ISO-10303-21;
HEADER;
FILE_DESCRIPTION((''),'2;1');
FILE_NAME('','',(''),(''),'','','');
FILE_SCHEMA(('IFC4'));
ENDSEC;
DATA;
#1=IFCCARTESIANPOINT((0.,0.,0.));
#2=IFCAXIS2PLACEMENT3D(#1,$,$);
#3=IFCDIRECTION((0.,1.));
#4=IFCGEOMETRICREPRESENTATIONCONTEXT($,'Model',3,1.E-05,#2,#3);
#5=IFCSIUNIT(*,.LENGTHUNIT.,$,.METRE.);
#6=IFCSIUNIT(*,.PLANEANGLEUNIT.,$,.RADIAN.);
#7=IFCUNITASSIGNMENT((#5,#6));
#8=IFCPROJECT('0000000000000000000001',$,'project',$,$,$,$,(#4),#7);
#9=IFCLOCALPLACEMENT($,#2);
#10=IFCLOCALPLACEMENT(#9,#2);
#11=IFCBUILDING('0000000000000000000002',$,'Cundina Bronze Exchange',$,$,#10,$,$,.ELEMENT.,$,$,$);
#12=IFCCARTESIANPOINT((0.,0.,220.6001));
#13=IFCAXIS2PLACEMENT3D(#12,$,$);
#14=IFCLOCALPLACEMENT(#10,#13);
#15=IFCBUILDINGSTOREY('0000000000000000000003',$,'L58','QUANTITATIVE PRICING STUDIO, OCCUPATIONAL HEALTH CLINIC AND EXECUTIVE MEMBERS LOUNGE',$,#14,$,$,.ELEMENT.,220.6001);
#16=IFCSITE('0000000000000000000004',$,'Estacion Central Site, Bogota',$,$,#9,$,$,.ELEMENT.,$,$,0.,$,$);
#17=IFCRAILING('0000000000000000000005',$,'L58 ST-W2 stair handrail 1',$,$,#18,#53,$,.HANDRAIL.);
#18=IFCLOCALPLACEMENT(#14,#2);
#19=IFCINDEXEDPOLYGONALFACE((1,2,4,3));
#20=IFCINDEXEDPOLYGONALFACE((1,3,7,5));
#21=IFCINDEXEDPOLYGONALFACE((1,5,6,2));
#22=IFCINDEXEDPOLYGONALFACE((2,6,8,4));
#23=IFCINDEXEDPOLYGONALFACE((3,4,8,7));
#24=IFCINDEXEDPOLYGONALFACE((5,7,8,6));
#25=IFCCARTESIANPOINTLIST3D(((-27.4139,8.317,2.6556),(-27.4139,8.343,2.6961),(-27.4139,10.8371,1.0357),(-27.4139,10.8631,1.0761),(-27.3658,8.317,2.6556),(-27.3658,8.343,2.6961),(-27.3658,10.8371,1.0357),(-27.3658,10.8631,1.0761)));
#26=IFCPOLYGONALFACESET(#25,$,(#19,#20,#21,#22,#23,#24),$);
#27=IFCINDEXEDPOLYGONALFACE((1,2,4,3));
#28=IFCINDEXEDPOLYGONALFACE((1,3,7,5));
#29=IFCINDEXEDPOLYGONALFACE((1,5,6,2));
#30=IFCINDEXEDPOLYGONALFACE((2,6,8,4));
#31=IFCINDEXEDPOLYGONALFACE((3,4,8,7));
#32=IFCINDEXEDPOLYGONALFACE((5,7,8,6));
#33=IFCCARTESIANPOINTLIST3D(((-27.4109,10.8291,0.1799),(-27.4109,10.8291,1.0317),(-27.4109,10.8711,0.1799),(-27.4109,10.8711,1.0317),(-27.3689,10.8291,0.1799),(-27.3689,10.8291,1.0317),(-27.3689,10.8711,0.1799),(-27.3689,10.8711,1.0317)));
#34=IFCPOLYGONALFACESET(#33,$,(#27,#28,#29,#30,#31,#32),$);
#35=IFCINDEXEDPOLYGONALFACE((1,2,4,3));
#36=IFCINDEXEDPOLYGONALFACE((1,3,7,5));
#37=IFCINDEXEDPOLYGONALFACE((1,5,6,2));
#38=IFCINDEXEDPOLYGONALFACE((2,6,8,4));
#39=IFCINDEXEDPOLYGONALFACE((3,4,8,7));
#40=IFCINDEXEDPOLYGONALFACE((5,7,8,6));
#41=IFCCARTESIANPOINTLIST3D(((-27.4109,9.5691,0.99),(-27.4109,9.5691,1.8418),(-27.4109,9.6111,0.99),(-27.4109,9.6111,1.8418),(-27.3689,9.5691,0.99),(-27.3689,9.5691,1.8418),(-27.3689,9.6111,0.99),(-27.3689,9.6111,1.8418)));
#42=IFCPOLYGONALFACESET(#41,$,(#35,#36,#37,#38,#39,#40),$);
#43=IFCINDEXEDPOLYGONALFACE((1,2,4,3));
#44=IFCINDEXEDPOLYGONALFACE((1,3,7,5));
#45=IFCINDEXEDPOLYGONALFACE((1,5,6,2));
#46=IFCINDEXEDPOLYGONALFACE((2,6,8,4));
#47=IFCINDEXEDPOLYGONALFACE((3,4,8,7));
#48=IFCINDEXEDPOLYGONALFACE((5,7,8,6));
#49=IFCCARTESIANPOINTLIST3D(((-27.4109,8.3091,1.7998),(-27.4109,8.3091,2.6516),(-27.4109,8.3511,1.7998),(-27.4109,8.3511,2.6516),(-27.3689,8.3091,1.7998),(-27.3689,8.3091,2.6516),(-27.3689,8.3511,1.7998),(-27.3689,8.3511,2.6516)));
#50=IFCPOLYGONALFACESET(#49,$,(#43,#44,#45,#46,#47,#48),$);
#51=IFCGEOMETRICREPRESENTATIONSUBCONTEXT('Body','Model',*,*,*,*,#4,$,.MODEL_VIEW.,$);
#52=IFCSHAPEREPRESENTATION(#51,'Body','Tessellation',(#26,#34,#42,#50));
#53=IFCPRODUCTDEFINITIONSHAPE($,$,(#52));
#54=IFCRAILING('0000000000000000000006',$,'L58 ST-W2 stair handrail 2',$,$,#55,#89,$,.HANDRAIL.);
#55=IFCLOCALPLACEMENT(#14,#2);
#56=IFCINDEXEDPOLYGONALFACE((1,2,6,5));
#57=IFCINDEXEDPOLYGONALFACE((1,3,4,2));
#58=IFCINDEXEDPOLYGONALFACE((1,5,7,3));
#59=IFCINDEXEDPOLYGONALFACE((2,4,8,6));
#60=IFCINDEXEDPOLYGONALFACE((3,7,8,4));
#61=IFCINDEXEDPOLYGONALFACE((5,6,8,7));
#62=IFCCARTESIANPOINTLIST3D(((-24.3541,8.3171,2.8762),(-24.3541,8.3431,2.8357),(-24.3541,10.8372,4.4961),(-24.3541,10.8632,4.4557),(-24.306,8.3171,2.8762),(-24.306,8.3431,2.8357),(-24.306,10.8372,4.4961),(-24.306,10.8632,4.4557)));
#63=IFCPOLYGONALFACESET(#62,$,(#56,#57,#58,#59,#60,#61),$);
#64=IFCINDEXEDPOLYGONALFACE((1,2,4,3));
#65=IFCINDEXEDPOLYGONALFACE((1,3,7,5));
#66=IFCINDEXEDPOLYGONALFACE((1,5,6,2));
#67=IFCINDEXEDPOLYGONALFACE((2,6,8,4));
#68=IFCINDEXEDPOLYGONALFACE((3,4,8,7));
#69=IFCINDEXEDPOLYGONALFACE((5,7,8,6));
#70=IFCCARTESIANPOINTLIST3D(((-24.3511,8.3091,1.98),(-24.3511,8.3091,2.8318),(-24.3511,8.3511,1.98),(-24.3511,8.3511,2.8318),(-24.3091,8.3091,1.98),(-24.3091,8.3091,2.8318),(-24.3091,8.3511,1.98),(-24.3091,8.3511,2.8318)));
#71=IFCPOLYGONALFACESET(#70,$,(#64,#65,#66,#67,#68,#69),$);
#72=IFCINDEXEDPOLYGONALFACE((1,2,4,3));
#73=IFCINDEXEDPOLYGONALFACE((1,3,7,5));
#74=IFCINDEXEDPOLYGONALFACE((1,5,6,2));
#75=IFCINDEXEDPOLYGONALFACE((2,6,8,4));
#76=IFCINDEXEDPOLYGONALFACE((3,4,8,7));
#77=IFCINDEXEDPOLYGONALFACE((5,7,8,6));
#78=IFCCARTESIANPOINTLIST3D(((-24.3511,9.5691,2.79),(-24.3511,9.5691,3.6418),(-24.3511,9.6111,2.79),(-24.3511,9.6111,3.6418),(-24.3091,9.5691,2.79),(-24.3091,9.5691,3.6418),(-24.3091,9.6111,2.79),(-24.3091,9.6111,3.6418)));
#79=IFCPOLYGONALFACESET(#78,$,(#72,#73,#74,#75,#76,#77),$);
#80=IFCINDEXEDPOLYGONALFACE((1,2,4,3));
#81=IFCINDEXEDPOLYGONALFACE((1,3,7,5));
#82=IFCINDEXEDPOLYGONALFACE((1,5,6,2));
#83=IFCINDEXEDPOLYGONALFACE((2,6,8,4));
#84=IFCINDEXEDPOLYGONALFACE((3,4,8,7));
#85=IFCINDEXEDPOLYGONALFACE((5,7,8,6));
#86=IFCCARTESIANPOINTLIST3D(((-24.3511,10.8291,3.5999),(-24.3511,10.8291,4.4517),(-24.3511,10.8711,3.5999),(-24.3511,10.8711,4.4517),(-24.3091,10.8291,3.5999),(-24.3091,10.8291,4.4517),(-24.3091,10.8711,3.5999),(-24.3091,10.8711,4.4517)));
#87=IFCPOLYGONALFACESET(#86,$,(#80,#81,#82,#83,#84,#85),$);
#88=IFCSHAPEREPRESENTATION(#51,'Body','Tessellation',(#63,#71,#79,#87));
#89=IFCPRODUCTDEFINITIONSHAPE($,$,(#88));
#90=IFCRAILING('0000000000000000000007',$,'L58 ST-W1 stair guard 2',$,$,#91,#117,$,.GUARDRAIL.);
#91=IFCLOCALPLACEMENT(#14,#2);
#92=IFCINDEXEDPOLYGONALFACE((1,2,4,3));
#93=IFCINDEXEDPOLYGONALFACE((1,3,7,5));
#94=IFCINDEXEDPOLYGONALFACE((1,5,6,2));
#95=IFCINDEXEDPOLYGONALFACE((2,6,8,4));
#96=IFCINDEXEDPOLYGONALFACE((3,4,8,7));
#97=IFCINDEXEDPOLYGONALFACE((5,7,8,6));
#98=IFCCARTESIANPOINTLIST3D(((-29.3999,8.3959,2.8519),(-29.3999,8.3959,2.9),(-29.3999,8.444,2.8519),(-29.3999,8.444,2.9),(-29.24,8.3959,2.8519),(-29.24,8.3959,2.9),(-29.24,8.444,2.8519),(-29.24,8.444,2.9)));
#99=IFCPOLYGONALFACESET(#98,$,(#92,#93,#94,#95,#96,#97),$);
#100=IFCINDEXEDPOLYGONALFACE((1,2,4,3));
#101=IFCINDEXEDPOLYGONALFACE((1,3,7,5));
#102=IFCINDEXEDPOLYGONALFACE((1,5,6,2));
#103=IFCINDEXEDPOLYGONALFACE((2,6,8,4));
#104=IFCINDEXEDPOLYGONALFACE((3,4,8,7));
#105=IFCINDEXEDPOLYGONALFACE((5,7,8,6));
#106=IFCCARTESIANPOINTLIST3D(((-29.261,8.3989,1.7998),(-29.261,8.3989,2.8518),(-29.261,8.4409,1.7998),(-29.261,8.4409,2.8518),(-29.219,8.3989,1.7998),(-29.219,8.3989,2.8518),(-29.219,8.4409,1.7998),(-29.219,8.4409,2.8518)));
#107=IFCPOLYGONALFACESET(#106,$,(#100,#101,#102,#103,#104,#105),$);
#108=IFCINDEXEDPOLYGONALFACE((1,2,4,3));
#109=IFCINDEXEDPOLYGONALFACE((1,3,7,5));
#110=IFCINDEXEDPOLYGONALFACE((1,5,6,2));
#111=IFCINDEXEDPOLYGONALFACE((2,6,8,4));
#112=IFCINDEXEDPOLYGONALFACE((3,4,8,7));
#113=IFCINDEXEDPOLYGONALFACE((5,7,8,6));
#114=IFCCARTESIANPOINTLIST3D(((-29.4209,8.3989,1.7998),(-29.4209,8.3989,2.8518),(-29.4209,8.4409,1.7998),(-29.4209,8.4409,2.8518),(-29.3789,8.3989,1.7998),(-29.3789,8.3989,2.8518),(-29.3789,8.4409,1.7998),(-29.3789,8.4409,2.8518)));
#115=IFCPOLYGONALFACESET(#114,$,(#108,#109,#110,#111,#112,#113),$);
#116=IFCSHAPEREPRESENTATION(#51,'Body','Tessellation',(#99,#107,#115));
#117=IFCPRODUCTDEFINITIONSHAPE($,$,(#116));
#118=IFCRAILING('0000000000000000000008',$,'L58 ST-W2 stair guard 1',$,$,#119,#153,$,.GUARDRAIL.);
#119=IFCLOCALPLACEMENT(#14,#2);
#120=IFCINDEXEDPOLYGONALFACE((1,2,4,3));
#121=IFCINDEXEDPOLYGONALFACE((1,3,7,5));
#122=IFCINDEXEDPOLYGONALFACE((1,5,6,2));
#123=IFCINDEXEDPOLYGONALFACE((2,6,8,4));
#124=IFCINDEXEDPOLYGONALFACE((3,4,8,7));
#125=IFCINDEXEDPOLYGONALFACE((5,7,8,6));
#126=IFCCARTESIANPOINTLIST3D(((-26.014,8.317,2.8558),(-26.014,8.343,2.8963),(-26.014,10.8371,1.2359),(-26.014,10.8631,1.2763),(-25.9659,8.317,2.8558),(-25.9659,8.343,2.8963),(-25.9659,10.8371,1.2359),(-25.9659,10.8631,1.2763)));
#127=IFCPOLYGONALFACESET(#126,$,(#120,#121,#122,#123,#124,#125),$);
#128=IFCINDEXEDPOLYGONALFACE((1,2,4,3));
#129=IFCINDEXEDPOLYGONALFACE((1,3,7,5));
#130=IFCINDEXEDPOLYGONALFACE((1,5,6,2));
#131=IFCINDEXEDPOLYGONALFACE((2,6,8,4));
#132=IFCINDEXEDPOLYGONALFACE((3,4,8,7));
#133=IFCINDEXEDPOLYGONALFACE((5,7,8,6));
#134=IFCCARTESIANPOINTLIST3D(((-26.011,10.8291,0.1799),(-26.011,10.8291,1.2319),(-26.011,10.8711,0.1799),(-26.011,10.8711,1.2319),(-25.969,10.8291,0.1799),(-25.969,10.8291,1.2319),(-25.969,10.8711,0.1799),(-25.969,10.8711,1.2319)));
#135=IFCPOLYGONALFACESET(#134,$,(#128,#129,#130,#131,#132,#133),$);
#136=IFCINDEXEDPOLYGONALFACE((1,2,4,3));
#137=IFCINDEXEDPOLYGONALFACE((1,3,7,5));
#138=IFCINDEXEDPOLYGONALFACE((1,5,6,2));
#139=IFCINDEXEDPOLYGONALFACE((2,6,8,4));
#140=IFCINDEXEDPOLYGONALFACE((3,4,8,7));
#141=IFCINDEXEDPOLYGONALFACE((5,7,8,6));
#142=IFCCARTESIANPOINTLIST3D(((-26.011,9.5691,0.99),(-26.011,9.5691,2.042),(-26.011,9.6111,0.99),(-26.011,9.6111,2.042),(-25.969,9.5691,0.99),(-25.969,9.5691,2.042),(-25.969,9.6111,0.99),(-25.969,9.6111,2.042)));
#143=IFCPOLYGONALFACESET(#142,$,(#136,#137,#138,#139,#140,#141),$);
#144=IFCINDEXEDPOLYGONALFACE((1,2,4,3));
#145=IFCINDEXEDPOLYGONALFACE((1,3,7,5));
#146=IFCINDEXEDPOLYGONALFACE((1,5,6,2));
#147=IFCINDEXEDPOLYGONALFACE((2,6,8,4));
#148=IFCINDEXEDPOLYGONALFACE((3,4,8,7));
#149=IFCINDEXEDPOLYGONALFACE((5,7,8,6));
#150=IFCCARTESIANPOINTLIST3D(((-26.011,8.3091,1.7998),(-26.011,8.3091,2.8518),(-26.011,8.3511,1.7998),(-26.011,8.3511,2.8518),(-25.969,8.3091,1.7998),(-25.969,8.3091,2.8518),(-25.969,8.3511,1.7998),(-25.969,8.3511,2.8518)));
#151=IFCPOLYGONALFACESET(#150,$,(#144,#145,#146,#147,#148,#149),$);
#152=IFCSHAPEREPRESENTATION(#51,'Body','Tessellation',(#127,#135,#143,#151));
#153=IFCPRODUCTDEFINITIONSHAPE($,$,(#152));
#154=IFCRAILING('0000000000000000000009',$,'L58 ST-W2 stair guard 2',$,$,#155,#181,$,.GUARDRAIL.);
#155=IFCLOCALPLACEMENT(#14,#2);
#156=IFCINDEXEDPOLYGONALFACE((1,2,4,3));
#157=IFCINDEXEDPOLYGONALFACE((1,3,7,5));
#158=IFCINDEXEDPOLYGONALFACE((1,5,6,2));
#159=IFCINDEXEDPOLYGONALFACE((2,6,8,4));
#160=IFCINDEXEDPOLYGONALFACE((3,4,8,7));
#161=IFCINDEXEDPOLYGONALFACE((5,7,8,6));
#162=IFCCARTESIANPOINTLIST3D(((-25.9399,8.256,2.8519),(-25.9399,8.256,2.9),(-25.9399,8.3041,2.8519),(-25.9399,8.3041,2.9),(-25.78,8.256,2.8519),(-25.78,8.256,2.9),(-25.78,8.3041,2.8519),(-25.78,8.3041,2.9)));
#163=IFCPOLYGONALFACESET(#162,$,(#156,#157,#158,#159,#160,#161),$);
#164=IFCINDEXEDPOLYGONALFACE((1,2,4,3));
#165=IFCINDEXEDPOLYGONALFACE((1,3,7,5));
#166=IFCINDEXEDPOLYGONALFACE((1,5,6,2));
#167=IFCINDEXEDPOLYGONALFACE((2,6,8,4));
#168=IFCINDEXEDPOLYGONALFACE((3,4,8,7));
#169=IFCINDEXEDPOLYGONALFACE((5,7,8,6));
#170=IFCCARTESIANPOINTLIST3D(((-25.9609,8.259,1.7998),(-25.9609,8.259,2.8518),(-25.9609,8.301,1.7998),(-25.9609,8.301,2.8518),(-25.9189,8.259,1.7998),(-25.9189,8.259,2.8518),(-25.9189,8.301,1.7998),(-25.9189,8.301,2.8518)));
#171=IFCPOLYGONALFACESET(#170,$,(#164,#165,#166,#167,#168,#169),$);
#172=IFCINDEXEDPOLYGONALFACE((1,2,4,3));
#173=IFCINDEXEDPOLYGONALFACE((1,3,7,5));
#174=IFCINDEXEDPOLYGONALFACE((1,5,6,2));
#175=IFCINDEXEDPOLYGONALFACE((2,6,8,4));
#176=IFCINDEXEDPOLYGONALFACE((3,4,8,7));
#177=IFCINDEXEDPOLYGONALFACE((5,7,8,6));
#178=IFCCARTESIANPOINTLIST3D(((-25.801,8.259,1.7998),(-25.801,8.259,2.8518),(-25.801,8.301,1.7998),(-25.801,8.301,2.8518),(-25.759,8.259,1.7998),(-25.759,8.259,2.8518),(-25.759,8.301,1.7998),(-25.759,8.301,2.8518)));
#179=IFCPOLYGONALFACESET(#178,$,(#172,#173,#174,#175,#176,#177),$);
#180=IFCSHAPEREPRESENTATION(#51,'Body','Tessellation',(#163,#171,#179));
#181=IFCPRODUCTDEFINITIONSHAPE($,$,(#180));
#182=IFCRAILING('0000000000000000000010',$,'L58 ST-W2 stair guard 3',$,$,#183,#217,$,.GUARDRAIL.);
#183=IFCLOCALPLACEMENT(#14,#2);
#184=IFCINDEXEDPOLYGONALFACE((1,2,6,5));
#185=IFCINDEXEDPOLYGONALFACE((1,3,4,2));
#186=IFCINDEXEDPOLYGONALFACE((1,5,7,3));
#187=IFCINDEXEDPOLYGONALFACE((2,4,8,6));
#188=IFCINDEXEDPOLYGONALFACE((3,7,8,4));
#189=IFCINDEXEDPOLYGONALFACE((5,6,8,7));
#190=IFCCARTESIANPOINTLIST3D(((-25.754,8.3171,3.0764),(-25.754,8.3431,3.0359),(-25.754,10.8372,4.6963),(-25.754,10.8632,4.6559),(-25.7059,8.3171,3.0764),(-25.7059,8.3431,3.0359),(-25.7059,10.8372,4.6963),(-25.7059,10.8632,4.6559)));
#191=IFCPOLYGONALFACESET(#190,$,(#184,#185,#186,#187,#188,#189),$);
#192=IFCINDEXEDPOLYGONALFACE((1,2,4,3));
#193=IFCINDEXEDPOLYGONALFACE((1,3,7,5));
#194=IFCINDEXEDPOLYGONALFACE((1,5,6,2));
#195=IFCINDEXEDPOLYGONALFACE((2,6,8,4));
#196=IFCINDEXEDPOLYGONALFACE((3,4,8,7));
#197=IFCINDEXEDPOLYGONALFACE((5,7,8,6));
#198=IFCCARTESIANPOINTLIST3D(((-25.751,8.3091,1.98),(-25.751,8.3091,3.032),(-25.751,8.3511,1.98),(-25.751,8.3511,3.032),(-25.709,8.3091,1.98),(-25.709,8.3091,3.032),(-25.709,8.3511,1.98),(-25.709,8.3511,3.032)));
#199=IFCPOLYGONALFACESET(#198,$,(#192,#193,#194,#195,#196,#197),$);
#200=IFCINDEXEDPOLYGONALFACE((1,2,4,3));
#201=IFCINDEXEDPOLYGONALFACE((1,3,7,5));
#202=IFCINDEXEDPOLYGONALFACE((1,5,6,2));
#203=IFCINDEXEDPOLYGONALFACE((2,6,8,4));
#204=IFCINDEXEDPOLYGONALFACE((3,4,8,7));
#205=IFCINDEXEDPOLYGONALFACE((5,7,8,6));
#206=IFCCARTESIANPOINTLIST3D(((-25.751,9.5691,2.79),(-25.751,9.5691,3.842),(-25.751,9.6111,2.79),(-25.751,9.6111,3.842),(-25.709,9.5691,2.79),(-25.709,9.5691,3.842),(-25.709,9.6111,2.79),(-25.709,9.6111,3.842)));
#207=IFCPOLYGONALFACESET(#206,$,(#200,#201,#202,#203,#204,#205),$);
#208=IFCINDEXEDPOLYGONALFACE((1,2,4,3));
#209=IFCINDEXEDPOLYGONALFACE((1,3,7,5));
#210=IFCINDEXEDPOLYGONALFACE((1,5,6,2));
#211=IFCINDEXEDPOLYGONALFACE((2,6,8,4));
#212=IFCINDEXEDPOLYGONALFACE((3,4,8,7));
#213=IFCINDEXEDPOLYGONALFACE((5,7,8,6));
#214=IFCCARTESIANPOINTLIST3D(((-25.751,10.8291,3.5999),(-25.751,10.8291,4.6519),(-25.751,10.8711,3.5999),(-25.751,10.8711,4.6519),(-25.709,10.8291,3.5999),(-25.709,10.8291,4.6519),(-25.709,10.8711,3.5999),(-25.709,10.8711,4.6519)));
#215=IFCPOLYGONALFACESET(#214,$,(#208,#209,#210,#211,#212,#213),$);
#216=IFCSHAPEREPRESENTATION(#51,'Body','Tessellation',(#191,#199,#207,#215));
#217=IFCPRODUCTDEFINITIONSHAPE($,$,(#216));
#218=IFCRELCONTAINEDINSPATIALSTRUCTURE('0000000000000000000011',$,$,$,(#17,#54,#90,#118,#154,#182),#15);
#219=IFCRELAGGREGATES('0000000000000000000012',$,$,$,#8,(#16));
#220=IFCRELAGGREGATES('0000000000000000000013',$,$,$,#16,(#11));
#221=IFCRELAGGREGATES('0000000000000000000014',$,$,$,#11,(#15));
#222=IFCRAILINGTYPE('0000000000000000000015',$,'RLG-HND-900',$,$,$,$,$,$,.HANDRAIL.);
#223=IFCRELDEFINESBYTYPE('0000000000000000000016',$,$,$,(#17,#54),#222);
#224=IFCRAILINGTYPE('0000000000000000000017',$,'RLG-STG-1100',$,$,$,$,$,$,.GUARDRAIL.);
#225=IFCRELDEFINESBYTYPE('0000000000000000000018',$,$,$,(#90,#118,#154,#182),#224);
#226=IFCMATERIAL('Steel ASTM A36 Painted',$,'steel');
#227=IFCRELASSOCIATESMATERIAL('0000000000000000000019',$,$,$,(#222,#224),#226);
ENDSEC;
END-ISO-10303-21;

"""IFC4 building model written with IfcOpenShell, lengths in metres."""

from ifc_helpers import new_model, si_unit, direction, frame, origin, origin_2d, place, context, subcontext, project, spatial, rectangle, extrude, material, type_object, element, save


model = new_model("IFC4")

# Units and contexts
model_context = context("Model", 3, precision=1e-05, world=origin(), true_north=direction((0.0, 1.0)))
body_context = subcontext(model_context, "Body", "Model", "MODEL_VIEW")
ifc_project = project(units=[si_unit("LENGTHUNIT", "METRE"), si_unit("PLANEANGLEUNIT", "RADIAN")], contexts=[model_context])

# Site, building, storey
site_placement = place(None, origin())
site = spatial("IfcSite", under=ifc_project, at=site_placement, Name="Estacion Central Site, Bogota", CompositionType="ELEMENT", RefElevation=0.0)
building_placement = place(site_placement, origin())
building = spatial("IfcBuilding", under=site, at=building_placement, Name="Cundina Bronze Exchange", CompositionType="ELEMENT")
storey_placement = place(building_placement, frame((0.0, 0.0, 220.6001)))
storey = spatial("IfcBuildingStorey", under=building, at=storey_placement, Name="L58", Description="QUANTITATIVE PRICING STUDIO, OCCUPATIONAL HEALTH CLINIC AND EXECUTIVE MEMBERS LOUNGE", CompositionType="ELEMENT", Elevation=220.6001)

# Shared definitions
ifc_material_1 = material(Name="Steel ASTM A36 Painted", Category="steel")

# Railings
railing_type_1 = type_object("IfcRailingType", Name="RLG-HND-900", PredefinedType="HANDRAIL", material=ifc_material_1)
railing_1_placement = place(storey_placement, frame((-27.3899, 10.8501, 0.1799)))
element("IfcRailing", 1, at=railing_1_placement, inside=storey, type_object=railing_type_1, Name="L58 ST-W2 stair handrail 1", PredefinedType="HANDRAIL", context=body_context, shape_type="SweptSolid", body=[
    extrude(rectangle(XDim=0.0481, YDim=0.0481, at=origin_2d()), frame((0.0, 0.0, 0.876), z_axis=(0.0, -0.8412, 0.540725), x_axis=(1.0, 0.0, 0.0)), (0.0, 0.0, 1.0), 2.9958),
    extrude(rectangle(XDim=0.042, YDim=0.042, at=origin_2d()), origin(), (0.0, 0.0, 1.0), 0.8518),
    extrude(rectangle(XDim=0.042, YDim=0.042, at=origin_2d()), frame((0.0, -1.26, 0.8101)), (0.0, 0.0, 1.0), 0.8518),
    extrude(rectangle(XDim=0.042, YDim=0.042, at=origin_2d()), frame((0.0, -2.52, 1.6199)), (0.0, 0.0, 1.0), 0.8518),
])
railing_2_placement = place(storey_placement, frame((-24.3301, 8.3301, 1.98)))
element("IfcRailing", 2, at=railing_2_placement, inside=storey, type_object=railing_type_1, Name="L58 ST-W2 stair handrail 2", PredefinedType="HANDRAIL", context=body_context, shape_type="SweptSolid", body=[
    extrude(rectangle(XDim=0.0481, YDim=0.0481, at=origin_2d()), frame((0.0, 0.0, 0.876), z_axis=(0.0, 0.8412, 0.540725), x_axis=(-1.0, 0.0, 0.0)), (0.0, 0.0, 1.0), 2.9958),
    extrude(rectangle(XDim=0.042, YDim=0.042, at=origin_2d()), origin(), (0.0, 0.0, 1.0), 0.8518),
    extrude(rectangle(XDim=0.042, YDim=0.042, at=origin_2d()), frame((0.0, 1.26, 0.8101)), (0.0, 0.0, 1.0), 0.8518),
    extrude(rectangle(XDim=0.042, YDim=0.042, at=origin_2d()), frame((0.0, 2.52, 1.6199)), (0.0, 0.0, 1.0), 0.8518),
])
railing_type_2 = type_object("IfcRailingType", Name="RLG-STG-1100", PredefinedType="GUARDRAIL", material=ifc_material_1)
railing_3_placement = place(storey_placement, frame((-29.24, 8.4199, 1.7998)))
element("IfcRailing", 3, at=railing_3_placement, inside=storey, type_object=railing_type_2, Name="L58 ST-W1 stair guard 2", PredefinedType="GUARDRAIL", context=body_context, shape_type="SweptSolid", body=[
    extrude(rectangle(XDim=0.0481, YDim=0.0481, at=origin_2d()), frame((0.0, 0.0, 1.0762), z_axis=(-1.0, 0.0, 0.0), x_axis=(0.0, -1.0, 0.0)), (0.0, 0.0, 1.0), 0.1599),
    extrude(rectangle(XDim=0.042, YDim=0.042, at=origin_2d()), origin(), (0.0, 0.0, 1.0), 1.052),
    extrude(rectangle(XDim=0.042, YDim=0.042, at=origin_2d()), frame((-0.1599, 0.0, 0.0)), (0.0, 0.0, 1.0), 1.052),
])
railing_4_placement = place(storey_placement, frame((-25.99, 10.8501, 0.1799)))
element("IfcRailing", 4, at=railing_4_placement, inside=storey, type_object=railing_type_2, Name="L58 ST-W2 stair guard 1", PredefinedType="GUARDRAIL", context=body_context, shape_type="SweptSolid", body=[
    extrude(rectangle(XDim=0.0481, YDim=0.0481, at=origin_2d()), frame((0.0, 0.0, 1.0762), z_axis=(0.0, -0.8412, 0.540725), x_axis=(1.0, 0.0, 0.0)), (0.0, 0.0, 1.0), 2.9958),
    extrude(rectangle(XDim=0.042, YDim=0.042, at=origin_2d()), origin(), (0.0, 0.0, 1.0), 1.052),
    extrude(rectangle(XDim=0.042, YDim=0.042, at=origin_2d()), frame((0.0, -1.26, 0.8101)), (0.0, 0.0, 1.0), 1.052),
    extrude(rectangle(XDim=0.042, YDim=0.042, at=origin_2d()), frame((0.0, -2.52, 1.6199)), (0.0, 0.0, 1.0), 1.052),
])
railing_5_placement = place(storey_placement, frame((-25.9399, 8.28, 1.7998)))
element("IfcRailing", 5, at=railing_5_placement, inside=storey, type_object=railing_type_2, Name="L58 ST-W2 stair guard 2", PredefinedType="GUARDRAIL", context=body_context, shape_type="SweptSolid", body=[
    extrude(rectangle(XDim=0.0481, YDim=0.0481, at=origin_2d()), frame((0.0, 0.0, 1.0762), z_axis=(1.0, 0.0, 0.0), x_axis=(0.0, 1.0, 0.0)), (0.0, 0.0, 1.0), 0.1599),
    extrude(rectangle(XDim=0.042, YDim=0.042, at=origin_2d()), origin(), (0.0, 0.0, 1.0), 1.052),
    extrude(rectangle(XDim=0.042, YDim=0.042, at=origin_2d()), frame((0.1599, 0.0, 0.0)), (0.0, 0.0, 1.0), 1.052),
])
railing_6_placement = place(storey_placement, frame((-25.73, 8.3301, 1.98)))
element("IfcRailing", 6, at=railing_6_placement, inside=storey, type_object=railing_type_2, Name="L58 ST-W2 stair guard 3", PredefinedType="GUARDRAIL", context=body_context, shape_type="SweptSolid", body=[
    extrude(rectangle(XDim=0.0481, YDim=0.0481, at=origin_2d()), frame((0.0, 0.0, 1.0762), z_axis=(0.0, 0.8412, 0.540725), x_axis=(-1.0, 0.0, 0.0)), (0.0, 0.0, 1.0), 2.9958),
    extrude(rectangle(XDim=0.042, YDim=0.042, at=origin_2d()), origin(), (0.0, 0.0, 1.0), 1.052),
    extrude(rectangle(XDim=0.042, YDim=0.042, at=origin_2d()), frame((0.0, 1.26, 0.8101)), (0.0, 0.0, 1.0), 1.052),
    extrude(rectangle(XDim=0.042, YDim=0.042, at=origin_2d()), frame((0.0, 2.52, 1.6199)), (0.0, 0.0, 1.0), 1.052),
])

save(model, "model.ifc")
